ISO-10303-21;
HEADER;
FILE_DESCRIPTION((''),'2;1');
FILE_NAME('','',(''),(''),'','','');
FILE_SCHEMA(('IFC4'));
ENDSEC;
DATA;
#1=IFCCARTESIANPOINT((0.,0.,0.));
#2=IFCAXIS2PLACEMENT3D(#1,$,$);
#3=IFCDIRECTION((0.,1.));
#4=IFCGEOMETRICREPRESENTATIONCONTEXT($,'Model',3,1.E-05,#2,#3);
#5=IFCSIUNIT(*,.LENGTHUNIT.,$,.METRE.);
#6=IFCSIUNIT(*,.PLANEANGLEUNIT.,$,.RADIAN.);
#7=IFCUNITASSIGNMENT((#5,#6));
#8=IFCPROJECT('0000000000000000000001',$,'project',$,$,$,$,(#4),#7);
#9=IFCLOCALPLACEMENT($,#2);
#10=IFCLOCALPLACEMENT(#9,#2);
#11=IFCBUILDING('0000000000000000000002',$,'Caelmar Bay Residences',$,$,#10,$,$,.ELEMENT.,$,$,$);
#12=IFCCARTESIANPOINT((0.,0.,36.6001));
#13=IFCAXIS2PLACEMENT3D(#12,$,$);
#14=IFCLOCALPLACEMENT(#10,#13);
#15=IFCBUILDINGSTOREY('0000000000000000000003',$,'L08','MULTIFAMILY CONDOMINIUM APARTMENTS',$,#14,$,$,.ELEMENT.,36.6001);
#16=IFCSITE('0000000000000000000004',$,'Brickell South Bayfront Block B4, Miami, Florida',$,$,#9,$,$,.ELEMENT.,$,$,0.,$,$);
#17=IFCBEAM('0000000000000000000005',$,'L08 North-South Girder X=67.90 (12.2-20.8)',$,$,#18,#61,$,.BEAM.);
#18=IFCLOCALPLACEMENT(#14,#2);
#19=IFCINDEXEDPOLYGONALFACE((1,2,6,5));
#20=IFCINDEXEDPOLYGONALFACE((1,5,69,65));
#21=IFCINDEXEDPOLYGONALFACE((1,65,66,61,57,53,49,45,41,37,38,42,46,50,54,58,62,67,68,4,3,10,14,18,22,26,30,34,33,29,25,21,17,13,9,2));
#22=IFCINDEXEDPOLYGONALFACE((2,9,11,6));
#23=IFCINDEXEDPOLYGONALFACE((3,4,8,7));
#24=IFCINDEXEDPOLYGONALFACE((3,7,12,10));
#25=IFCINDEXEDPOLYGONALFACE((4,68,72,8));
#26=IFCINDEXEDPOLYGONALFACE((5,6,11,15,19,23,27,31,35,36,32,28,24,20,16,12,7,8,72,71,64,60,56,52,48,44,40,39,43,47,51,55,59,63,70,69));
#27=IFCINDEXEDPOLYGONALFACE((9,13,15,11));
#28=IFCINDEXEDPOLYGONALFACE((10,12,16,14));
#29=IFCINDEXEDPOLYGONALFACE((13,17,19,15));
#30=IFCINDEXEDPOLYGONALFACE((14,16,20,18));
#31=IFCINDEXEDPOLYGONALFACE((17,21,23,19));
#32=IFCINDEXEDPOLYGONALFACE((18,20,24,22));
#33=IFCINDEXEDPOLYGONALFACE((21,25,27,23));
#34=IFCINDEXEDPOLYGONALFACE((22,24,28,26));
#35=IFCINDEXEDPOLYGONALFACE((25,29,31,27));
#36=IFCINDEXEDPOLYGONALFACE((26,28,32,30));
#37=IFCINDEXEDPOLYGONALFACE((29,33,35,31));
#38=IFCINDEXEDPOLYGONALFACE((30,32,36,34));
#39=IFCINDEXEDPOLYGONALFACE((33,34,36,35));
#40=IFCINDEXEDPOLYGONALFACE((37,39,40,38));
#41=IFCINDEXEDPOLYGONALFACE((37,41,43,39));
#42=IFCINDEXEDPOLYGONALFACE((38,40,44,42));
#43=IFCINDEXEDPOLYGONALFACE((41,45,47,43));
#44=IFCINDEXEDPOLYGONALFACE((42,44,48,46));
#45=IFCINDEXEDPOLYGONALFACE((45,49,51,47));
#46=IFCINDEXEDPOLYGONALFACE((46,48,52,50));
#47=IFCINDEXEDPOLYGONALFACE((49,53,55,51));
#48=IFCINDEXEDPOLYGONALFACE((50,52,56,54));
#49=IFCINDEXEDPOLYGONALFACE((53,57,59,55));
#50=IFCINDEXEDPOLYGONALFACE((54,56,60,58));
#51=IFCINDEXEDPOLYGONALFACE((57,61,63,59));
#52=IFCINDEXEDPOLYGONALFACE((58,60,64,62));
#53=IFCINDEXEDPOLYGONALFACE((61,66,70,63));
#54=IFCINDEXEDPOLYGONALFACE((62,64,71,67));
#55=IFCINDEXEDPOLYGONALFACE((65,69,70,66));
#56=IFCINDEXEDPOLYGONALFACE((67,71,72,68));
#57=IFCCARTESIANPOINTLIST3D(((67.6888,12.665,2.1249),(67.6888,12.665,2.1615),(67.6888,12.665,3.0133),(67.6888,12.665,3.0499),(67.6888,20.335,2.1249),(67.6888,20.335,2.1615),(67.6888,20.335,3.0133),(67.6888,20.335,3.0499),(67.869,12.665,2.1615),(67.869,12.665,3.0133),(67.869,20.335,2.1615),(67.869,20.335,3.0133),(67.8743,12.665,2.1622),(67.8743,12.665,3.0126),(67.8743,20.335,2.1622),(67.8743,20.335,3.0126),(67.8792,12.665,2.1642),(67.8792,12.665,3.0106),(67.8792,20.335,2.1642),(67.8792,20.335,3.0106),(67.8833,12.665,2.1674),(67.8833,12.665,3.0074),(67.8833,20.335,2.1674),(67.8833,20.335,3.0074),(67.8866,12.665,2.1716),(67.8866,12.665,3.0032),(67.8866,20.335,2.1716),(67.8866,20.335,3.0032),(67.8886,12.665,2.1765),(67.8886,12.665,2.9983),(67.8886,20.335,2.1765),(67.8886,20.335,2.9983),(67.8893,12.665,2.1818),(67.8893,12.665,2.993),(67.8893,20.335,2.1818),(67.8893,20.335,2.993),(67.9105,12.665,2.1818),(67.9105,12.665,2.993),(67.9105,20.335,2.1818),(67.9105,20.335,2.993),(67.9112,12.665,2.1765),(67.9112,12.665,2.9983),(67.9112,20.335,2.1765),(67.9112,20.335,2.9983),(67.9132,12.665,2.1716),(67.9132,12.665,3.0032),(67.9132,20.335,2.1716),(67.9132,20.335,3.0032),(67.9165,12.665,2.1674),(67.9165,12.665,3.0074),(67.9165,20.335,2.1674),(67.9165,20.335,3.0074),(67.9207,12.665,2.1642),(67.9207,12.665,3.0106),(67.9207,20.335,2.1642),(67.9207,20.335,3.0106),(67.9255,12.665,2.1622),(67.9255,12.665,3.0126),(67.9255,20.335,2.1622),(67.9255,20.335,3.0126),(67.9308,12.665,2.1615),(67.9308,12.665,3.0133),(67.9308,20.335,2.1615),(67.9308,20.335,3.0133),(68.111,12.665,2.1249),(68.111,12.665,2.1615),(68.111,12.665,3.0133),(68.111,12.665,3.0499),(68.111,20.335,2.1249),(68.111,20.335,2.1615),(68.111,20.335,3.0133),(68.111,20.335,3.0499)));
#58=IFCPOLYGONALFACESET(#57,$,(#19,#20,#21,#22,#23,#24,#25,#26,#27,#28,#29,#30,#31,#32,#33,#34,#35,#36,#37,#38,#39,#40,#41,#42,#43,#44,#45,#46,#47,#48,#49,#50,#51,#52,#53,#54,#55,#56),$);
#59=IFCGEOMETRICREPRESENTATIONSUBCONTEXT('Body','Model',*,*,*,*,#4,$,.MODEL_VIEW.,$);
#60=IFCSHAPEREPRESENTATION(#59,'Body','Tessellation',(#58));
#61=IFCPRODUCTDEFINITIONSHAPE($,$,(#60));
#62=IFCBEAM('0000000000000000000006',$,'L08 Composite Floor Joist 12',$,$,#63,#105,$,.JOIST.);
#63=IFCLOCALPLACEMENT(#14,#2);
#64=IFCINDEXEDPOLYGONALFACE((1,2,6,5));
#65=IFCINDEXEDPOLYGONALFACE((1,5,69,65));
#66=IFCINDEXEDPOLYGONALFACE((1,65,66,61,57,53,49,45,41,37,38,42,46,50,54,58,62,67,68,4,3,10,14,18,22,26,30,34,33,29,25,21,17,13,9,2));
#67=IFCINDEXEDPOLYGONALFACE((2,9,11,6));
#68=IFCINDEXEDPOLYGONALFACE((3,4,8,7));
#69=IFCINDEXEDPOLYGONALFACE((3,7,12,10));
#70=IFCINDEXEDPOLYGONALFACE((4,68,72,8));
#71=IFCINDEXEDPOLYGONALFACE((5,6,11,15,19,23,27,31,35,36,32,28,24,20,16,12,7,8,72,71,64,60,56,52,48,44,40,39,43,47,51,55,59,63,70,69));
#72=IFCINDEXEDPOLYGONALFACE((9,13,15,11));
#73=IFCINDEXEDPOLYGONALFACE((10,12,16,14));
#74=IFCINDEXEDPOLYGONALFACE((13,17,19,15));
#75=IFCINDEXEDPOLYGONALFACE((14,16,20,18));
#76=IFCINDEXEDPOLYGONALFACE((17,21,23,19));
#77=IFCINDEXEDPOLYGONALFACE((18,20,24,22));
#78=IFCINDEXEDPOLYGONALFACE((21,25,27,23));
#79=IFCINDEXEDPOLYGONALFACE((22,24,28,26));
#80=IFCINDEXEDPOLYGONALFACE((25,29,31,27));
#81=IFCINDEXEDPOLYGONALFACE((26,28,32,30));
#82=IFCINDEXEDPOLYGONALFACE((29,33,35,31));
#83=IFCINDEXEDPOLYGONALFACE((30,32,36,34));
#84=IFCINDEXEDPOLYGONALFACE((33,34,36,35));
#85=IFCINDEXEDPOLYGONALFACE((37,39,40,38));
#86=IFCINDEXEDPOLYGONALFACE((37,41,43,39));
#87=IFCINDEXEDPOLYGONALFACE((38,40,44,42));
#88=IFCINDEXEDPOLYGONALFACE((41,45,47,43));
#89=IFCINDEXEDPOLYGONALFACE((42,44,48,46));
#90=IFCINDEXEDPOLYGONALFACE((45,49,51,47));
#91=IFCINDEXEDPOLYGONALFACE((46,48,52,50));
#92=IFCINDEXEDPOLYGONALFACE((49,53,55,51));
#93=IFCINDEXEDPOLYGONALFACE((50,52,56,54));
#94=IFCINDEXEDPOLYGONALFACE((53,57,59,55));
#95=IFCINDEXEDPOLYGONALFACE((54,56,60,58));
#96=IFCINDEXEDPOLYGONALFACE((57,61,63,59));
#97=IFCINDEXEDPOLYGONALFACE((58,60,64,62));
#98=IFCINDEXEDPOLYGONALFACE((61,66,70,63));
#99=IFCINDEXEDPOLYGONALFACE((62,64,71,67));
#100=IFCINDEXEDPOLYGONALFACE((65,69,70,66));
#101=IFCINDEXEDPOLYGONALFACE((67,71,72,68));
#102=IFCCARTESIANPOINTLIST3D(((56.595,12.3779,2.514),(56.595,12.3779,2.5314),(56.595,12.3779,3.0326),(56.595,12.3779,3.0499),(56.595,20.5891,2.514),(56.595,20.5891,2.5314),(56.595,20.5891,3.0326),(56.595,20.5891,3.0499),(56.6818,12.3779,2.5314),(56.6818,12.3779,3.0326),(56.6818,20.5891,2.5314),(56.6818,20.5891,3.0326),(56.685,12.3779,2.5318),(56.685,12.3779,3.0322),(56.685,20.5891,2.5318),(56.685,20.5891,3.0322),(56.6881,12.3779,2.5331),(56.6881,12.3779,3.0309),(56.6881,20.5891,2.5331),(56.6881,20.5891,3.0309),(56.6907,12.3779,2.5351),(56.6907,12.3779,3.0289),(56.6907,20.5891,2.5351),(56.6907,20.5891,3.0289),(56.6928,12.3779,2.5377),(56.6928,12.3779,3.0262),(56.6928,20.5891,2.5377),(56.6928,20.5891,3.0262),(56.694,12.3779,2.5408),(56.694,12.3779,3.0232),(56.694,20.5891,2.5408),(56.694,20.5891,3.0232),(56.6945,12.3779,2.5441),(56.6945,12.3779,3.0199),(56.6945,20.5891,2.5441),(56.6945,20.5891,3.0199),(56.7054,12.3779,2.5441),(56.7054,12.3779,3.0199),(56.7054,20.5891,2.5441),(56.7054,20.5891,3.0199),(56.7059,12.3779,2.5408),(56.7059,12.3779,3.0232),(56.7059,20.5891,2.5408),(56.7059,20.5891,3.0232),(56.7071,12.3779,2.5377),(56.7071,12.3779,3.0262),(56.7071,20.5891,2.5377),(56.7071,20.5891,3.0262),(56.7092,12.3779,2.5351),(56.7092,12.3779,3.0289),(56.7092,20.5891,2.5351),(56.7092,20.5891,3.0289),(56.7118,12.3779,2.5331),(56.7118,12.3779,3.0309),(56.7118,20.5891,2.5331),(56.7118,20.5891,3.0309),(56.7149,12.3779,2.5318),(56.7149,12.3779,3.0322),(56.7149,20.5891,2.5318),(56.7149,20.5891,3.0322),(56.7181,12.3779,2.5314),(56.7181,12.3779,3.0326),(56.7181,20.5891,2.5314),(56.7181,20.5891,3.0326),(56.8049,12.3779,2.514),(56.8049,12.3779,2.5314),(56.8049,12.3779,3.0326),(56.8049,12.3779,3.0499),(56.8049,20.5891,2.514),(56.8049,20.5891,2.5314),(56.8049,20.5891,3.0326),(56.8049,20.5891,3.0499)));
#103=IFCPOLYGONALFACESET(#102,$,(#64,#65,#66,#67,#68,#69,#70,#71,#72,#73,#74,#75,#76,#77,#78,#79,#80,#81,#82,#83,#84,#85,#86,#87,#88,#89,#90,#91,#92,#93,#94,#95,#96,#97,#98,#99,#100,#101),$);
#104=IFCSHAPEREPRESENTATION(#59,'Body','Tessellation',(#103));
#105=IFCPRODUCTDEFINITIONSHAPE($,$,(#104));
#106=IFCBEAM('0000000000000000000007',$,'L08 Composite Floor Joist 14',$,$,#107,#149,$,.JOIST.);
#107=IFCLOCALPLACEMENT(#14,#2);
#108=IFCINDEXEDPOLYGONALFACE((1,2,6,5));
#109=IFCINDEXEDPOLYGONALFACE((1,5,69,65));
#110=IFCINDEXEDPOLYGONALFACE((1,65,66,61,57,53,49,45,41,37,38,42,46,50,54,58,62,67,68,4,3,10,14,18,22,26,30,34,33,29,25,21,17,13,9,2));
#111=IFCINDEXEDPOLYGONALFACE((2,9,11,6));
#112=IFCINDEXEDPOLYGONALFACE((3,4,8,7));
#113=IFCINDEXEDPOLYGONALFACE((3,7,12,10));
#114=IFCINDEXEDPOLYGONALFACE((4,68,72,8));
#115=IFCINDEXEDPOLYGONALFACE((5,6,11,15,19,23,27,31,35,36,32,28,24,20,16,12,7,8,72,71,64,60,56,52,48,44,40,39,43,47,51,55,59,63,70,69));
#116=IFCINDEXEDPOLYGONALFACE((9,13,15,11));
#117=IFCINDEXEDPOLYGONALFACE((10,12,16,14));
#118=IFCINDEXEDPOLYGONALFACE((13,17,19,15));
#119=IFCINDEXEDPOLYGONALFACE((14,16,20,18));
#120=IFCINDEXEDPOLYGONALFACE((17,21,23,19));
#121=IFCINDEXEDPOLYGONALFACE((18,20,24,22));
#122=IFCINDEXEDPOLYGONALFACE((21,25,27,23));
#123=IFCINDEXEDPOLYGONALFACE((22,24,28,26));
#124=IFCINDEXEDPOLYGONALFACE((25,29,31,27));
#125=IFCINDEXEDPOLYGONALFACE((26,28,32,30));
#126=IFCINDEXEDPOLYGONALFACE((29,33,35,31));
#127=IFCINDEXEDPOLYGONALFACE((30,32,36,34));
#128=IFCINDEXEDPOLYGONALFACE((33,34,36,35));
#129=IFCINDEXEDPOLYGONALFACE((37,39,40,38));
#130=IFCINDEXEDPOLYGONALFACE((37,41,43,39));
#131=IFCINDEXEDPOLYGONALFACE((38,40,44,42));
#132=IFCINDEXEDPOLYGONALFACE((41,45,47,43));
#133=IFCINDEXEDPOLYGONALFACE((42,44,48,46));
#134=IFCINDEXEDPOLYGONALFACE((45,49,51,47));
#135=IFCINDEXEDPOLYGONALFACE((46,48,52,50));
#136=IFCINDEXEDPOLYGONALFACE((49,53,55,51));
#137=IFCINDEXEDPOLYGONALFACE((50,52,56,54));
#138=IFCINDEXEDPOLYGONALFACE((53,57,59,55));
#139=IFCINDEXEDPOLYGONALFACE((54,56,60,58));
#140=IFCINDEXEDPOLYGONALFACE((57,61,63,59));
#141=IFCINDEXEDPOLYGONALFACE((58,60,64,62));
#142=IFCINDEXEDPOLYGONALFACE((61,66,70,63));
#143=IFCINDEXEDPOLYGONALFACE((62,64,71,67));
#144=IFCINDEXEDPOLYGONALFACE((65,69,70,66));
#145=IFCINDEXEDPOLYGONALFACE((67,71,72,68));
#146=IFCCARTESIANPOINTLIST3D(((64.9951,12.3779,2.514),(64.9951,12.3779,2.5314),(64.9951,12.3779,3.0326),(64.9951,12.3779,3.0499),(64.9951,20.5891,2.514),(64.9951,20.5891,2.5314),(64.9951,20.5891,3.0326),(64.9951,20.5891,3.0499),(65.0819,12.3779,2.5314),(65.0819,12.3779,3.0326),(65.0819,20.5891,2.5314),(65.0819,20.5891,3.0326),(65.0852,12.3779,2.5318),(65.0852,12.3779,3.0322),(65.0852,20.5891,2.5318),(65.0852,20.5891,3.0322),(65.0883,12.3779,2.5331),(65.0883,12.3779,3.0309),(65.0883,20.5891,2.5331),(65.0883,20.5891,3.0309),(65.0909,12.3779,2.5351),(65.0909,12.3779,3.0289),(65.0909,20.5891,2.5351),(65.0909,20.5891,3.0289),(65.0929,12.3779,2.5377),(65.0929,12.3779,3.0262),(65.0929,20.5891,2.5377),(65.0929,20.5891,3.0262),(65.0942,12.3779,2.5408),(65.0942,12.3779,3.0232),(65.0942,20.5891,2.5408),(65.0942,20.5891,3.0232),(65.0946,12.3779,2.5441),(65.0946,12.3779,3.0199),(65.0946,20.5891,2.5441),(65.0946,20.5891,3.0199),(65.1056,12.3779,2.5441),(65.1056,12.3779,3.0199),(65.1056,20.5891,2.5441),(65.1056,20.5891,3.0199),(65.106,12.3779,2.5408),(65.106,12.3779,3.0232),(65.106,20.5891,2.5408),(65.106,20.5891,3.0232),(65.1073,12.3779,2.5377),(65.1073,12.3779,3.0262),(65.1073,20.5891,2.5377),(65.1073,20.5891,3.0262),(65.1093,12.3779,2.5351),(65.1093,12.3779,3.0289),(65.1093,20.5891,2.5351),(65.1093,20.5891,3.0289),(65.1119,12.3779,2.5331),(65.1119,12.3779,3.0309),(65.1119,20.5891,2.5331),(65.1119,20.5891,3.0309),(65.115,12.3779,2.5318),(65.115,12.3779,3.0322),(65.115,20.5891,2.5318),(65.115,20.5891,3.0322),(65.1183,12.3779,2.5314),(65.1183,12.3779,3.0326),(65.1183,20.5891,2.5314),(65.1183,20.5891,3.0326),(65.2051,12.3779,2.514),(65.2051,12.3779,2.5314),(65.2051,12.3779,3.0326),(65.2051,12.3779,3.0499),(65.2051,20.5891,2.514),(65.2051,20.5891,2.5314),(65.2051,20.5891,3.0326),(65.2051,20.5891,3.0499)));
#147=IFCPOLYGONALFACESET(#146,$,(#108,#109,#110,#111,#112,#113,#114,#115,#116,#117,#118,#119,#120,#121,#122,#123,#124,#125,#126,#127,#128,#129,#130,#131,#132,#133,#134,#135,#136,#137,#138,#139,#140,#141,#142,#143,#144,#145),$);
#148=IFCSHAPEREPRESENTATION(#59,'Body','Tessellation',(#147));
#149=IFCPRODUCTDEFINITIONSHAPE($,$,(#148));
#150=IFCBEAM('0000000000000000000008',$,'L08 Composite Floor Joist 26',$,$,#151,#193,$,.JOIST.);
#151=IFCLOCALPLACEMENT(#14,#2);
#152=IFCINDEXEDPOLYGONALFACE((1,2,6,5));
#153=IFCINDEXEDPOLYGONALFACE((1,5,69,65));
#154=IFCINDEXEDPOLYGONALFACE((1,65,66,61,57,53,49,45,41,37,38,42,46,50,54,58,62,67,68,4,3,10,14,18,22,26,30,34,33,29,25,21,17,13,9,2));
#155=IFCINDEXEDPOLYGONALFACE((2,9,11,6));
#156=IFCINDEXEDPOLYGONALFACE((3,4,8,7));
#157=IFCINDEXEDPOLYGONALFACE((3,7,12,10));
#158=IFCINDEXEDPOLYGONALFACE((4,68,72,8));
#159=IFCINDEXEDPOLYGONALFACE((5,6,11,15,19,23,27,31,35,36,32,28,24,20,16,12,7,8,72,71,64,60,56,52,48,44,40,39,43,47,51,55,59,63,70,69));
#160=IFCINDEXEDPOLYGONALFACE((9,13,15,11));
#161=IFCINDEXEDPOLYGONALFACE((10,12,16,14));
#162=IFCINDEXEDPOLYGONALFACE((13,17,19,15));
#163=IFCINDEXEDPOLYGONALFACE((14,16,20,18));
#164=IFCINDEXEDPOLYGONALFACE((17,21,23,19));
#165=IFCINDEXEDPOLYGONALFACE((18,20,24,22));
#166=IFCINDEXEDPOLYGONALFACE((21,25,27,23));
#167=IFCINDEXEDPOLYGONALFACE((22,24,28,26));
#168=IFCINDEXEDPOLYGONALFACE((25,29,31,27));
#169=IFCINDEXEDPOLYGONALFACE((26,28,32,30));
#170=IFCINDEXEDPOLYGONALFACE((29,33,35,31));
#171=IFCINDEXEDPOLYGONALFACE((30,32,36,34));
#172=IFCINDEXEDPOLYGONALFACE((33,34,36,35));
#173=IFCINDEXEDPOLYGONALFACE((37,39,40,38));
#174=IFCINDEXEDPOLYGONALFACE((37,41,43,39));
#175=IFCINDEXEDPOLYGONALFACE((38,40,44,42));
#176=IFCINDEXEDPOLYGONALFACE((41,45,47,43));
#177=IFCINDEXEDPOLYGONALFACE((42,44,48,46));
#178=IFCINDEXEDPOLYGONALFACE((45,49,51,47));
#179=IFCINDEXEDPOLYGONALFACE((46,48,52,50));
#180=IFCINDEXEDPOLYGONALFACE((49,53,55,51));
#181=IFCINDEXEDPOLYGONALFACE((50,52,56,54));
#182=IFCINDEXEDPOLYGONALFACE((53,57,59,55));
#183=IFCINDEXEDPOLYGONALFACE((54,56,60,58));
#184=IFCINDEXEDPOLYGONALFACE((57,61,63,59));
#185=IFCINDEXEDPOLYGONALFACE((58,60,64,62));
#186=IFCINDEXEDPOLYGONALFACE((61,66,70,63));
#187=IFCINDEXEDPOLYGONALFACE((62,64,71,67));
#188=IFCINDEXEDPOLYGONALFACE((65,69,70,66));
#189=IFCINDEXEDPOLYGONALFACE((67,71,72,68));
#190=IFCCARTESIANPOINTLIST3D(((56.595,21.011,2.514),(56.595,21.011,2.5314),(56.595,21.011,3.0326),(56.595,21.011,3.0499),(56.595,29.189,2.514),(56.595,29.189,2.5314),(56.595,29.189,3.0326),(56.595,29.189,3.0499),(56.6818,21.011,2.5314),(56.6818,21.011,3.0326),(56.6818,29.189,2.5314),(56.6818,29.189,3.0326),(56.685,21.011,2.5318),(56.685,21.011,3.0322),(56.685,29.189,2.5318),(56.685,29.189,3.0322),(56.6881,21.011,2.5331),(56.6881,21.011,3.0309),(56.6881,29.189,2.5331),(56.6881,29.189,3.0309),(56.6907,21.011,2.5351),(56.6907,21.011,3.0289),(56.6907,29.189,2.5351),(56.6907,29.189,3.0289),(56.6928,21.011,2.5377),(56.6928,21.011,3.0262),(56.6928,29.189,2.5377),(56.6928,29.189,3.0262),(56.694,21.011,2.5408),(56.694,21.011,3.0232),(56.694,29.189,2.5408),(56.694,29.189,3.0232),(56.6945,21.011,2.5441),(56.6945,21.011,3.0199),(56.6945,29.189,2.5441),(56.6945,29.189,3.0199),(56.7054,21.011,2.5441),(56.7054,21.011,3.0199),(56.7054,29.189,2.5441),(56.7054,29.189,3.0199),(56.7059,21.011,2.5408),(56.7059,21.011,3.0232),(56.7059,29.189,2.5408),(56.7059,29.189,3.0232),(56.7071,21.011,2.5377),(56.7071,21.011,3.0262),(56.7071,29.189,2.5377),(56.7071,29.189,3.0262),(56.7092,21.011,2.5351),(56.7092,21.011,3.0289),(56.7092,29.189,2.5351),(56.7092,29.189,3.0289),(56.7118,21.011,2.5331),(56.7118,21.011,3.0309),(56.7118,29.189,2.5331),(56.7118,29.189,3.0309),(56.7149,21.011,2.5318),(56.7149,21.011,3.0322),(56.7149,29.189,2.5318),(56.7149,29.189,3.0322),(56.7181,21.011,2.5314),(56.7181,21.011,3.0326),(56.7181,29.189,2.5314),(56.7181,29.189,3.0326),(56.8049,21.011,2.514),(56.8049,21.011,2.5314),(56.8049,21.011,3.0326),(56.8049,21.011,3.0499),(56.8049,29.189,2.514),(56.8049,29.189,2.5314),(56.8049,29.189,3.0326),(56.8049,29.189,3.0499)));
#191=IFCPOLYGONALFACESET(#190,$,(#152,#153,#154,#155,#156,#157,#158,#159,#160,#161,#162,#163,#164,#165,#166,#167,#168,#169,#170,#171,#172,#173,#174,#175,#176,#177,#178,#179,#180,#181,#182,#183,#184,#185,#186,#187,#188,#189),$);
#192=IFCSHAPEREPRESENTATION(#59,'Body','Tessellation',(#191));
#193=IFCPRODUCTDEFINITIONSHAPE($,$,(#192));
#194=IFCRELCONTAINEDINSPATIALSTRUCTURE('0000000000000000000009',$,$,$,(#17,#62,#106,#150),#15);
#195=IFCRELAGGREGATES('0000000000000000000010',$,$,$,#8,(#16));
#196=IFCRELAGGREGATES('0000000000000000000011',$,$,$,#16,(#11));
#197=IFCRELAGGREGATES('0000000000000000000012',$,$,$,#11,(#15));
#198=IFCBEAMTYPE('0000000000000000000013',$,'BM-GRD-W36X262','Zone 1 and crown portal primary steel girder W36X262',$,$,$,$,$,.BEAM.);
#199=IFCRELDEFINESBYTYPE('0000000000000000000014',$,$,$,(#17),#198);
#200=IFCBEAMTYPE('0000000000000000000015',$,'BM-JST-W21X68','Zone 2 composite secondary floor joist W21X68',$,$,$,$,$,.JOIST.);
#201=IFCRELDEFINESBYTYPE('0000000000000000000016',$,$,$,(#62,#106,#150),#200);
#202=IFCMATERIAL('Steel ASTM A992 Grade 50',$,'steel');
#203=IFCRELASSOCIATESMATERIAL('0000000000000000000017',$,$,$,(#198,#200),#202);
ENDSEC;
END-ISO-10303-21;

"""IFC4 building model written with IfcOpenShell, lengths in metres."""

from ifc_helpers import new_model, si_unit, direction, frame, origin, origin_2d, place, context, subcontext, project, spatial, i_section, extrude, material, material_profile, profile_set, type_object, element, save


model = new_model("IFC4")

# Units and contexts
model_context = context("Model", 3, precision=1e-05, world=origin(), true_north=direction((0.0, 1.0)))
body_context = subcontext(model_context, "Body", "Model", "MODEL_VIEW")
ifc_project = project(units=[si_unit("LENGTHUNIT", "METRE"), si_unit("PLANEANGLEUNIT", "RADIAN")], contexts=[model_context])

# Site, building, storey
site_placement = place(None, origin())
site = spatial("IfcSite", under=ifc_project, at=site_placement, Name="Brickell South Bayfront Block B4, Miami, Florida", CompositionType="ELEMENT", RefElevation=0.0)
building_placement = place(site_placement, origin())
building = spatial("IfcBuilding", under=site, at=building_placement, Name="Caelmar Bay Residences", CompositionType="ELEMENT")
storey_placement = place(building_placement, frame((0.0, 0.0, 36.6001)))
storey = spatial("IfcBuildingStorey", under=building, at=storey_placement, Name="L08", Description="MULTIFAMILY CONDOMINIUM APARTMENTS", CompositionType="ELEMENT", Elevation=36.6001)

# Beams
ifc_material_1 = material(Name="Steel ASTM A992 Grade 50", Category="steel")
ifc_material_profile_1 = material_profile(ifc_material_1, i_section(OverallWidth=0.4221, OverallDepth=0.925, WebThickness=0.0212, FlangeThickness=0.0366, FilletRadius=0.0203, at=origin_2d()), Name="W36X262")
ifc_profile_set_1 = profile_set([ifc_material_profile_1], Name="Steel ASTM A992 Grade 50")
beam_type_1 = type_object("IfcBeamType", Name="BM-GRD-W36X262", Description="Zone 1 and crown portal primary steel girder W36X262", PredefinedType="BEAM", material=ifc_profile_set_1)
beam_1_placement = place(storey_placement, frame((67.8999, 12.665, 2.5874), z_axis=(0.0, 1.0, 0.0), x_axis=(-1.0, 0.0, 0.0)))
element("IfcBeam", 1, at=beam_1_placement, inside=storey, type_object=beam_type_1, Name="L08 North-South Girder X=67.90 (12.2-20.8)", PredefinedType="BEAM", context=body_context, shape_type="SweptSolid", body=[
    extrude(i_section(OverallWidth=0.4221, OverallDepth=0.925, WebThickness=0.0212, FlangeThickness=0.0366, FilletRadius=0.0203, at=origin_2d()), origin(), (0.0, 0.0, 1.0), 7.6699),
])
ifc_material_profile_2 = material_profile(ifc_material_1, i_section(OverallWidth=0.21, OverallDepth=0.5359, WebThickness=0.011, FlangeThickness=0.0173, FilletRadius=0.0127, at=origin_2d()), Name="W21X68")
ifc_profile_set_2 = profile_set([ifc_material_profile_2], Name="Steel ASTM A992 Grade 50")
beam_type_2 = type_object("IfcBeamType", Name="BM-JST-W21X68", Description="Zone 2 composite secondary floor joist W21X68", PredefinedType="JOIST", material=ifc_profile_set_2)
for number, where, z_axis, x_axis, name in (
    (2, (56.7, 12.3779, 2.782), (0.0, 1.0, 0.0), (-1.0, 0.0, 0.0), "L08 Composite Floor Joist 12"),
    (3, (65.1001, 12.3779, 2.782), (0.0, 1.0, 0.0), (-1.0, 0.0, 0.0), "L08 Composite Floor Joist 14"),
):
    element("IfcBeam", number, at=place(storey_placement, frame(where, z_axis=z_axis, x_axis=x_axis)), inside=storey, type_object=beam_type_2, Name=name, PredefinedType="JOIST", context=body_context, shape_type="SweptSolid", body=[
        extrude(i_section(OverallWidth=0.21, OverallDepth=0.5359, WebThickness=0.011, FlangeThickness=0.0173, FilletRadius=0.0127, at=origin_2d()), origin(), (0.0, 0.0, 1.0), 8.2112),
    ])
for number, where, z_axis, x_axis, name in (
    (4, (56.7, 21.011, 2.782), (0.0, 1.0, 0.0), (-1.0, 0.0, 0.0), "L08 Composite Floor Joist 26"),
):
    element("IfcBeam", number, at=place(storey_placement, frame(where, z_axis=z_axis, x_axis=x_axis)), inside=storey, type_object=beam_type_2, Name=name, PredefinedType="JOIST", context=body_context, shape_type="SweptSolid", body=[
        extrude(i_section(OverallWidth=0.21, OverallDepth=0.5359, WebThickness=0.011, FlangeThickness=0.0173, FilletRadius=0.0127, at=origin_2d()), origin(), (0.0, 0.0, 1.0), 8.178),
    ])

save(model, "model.ifc")
